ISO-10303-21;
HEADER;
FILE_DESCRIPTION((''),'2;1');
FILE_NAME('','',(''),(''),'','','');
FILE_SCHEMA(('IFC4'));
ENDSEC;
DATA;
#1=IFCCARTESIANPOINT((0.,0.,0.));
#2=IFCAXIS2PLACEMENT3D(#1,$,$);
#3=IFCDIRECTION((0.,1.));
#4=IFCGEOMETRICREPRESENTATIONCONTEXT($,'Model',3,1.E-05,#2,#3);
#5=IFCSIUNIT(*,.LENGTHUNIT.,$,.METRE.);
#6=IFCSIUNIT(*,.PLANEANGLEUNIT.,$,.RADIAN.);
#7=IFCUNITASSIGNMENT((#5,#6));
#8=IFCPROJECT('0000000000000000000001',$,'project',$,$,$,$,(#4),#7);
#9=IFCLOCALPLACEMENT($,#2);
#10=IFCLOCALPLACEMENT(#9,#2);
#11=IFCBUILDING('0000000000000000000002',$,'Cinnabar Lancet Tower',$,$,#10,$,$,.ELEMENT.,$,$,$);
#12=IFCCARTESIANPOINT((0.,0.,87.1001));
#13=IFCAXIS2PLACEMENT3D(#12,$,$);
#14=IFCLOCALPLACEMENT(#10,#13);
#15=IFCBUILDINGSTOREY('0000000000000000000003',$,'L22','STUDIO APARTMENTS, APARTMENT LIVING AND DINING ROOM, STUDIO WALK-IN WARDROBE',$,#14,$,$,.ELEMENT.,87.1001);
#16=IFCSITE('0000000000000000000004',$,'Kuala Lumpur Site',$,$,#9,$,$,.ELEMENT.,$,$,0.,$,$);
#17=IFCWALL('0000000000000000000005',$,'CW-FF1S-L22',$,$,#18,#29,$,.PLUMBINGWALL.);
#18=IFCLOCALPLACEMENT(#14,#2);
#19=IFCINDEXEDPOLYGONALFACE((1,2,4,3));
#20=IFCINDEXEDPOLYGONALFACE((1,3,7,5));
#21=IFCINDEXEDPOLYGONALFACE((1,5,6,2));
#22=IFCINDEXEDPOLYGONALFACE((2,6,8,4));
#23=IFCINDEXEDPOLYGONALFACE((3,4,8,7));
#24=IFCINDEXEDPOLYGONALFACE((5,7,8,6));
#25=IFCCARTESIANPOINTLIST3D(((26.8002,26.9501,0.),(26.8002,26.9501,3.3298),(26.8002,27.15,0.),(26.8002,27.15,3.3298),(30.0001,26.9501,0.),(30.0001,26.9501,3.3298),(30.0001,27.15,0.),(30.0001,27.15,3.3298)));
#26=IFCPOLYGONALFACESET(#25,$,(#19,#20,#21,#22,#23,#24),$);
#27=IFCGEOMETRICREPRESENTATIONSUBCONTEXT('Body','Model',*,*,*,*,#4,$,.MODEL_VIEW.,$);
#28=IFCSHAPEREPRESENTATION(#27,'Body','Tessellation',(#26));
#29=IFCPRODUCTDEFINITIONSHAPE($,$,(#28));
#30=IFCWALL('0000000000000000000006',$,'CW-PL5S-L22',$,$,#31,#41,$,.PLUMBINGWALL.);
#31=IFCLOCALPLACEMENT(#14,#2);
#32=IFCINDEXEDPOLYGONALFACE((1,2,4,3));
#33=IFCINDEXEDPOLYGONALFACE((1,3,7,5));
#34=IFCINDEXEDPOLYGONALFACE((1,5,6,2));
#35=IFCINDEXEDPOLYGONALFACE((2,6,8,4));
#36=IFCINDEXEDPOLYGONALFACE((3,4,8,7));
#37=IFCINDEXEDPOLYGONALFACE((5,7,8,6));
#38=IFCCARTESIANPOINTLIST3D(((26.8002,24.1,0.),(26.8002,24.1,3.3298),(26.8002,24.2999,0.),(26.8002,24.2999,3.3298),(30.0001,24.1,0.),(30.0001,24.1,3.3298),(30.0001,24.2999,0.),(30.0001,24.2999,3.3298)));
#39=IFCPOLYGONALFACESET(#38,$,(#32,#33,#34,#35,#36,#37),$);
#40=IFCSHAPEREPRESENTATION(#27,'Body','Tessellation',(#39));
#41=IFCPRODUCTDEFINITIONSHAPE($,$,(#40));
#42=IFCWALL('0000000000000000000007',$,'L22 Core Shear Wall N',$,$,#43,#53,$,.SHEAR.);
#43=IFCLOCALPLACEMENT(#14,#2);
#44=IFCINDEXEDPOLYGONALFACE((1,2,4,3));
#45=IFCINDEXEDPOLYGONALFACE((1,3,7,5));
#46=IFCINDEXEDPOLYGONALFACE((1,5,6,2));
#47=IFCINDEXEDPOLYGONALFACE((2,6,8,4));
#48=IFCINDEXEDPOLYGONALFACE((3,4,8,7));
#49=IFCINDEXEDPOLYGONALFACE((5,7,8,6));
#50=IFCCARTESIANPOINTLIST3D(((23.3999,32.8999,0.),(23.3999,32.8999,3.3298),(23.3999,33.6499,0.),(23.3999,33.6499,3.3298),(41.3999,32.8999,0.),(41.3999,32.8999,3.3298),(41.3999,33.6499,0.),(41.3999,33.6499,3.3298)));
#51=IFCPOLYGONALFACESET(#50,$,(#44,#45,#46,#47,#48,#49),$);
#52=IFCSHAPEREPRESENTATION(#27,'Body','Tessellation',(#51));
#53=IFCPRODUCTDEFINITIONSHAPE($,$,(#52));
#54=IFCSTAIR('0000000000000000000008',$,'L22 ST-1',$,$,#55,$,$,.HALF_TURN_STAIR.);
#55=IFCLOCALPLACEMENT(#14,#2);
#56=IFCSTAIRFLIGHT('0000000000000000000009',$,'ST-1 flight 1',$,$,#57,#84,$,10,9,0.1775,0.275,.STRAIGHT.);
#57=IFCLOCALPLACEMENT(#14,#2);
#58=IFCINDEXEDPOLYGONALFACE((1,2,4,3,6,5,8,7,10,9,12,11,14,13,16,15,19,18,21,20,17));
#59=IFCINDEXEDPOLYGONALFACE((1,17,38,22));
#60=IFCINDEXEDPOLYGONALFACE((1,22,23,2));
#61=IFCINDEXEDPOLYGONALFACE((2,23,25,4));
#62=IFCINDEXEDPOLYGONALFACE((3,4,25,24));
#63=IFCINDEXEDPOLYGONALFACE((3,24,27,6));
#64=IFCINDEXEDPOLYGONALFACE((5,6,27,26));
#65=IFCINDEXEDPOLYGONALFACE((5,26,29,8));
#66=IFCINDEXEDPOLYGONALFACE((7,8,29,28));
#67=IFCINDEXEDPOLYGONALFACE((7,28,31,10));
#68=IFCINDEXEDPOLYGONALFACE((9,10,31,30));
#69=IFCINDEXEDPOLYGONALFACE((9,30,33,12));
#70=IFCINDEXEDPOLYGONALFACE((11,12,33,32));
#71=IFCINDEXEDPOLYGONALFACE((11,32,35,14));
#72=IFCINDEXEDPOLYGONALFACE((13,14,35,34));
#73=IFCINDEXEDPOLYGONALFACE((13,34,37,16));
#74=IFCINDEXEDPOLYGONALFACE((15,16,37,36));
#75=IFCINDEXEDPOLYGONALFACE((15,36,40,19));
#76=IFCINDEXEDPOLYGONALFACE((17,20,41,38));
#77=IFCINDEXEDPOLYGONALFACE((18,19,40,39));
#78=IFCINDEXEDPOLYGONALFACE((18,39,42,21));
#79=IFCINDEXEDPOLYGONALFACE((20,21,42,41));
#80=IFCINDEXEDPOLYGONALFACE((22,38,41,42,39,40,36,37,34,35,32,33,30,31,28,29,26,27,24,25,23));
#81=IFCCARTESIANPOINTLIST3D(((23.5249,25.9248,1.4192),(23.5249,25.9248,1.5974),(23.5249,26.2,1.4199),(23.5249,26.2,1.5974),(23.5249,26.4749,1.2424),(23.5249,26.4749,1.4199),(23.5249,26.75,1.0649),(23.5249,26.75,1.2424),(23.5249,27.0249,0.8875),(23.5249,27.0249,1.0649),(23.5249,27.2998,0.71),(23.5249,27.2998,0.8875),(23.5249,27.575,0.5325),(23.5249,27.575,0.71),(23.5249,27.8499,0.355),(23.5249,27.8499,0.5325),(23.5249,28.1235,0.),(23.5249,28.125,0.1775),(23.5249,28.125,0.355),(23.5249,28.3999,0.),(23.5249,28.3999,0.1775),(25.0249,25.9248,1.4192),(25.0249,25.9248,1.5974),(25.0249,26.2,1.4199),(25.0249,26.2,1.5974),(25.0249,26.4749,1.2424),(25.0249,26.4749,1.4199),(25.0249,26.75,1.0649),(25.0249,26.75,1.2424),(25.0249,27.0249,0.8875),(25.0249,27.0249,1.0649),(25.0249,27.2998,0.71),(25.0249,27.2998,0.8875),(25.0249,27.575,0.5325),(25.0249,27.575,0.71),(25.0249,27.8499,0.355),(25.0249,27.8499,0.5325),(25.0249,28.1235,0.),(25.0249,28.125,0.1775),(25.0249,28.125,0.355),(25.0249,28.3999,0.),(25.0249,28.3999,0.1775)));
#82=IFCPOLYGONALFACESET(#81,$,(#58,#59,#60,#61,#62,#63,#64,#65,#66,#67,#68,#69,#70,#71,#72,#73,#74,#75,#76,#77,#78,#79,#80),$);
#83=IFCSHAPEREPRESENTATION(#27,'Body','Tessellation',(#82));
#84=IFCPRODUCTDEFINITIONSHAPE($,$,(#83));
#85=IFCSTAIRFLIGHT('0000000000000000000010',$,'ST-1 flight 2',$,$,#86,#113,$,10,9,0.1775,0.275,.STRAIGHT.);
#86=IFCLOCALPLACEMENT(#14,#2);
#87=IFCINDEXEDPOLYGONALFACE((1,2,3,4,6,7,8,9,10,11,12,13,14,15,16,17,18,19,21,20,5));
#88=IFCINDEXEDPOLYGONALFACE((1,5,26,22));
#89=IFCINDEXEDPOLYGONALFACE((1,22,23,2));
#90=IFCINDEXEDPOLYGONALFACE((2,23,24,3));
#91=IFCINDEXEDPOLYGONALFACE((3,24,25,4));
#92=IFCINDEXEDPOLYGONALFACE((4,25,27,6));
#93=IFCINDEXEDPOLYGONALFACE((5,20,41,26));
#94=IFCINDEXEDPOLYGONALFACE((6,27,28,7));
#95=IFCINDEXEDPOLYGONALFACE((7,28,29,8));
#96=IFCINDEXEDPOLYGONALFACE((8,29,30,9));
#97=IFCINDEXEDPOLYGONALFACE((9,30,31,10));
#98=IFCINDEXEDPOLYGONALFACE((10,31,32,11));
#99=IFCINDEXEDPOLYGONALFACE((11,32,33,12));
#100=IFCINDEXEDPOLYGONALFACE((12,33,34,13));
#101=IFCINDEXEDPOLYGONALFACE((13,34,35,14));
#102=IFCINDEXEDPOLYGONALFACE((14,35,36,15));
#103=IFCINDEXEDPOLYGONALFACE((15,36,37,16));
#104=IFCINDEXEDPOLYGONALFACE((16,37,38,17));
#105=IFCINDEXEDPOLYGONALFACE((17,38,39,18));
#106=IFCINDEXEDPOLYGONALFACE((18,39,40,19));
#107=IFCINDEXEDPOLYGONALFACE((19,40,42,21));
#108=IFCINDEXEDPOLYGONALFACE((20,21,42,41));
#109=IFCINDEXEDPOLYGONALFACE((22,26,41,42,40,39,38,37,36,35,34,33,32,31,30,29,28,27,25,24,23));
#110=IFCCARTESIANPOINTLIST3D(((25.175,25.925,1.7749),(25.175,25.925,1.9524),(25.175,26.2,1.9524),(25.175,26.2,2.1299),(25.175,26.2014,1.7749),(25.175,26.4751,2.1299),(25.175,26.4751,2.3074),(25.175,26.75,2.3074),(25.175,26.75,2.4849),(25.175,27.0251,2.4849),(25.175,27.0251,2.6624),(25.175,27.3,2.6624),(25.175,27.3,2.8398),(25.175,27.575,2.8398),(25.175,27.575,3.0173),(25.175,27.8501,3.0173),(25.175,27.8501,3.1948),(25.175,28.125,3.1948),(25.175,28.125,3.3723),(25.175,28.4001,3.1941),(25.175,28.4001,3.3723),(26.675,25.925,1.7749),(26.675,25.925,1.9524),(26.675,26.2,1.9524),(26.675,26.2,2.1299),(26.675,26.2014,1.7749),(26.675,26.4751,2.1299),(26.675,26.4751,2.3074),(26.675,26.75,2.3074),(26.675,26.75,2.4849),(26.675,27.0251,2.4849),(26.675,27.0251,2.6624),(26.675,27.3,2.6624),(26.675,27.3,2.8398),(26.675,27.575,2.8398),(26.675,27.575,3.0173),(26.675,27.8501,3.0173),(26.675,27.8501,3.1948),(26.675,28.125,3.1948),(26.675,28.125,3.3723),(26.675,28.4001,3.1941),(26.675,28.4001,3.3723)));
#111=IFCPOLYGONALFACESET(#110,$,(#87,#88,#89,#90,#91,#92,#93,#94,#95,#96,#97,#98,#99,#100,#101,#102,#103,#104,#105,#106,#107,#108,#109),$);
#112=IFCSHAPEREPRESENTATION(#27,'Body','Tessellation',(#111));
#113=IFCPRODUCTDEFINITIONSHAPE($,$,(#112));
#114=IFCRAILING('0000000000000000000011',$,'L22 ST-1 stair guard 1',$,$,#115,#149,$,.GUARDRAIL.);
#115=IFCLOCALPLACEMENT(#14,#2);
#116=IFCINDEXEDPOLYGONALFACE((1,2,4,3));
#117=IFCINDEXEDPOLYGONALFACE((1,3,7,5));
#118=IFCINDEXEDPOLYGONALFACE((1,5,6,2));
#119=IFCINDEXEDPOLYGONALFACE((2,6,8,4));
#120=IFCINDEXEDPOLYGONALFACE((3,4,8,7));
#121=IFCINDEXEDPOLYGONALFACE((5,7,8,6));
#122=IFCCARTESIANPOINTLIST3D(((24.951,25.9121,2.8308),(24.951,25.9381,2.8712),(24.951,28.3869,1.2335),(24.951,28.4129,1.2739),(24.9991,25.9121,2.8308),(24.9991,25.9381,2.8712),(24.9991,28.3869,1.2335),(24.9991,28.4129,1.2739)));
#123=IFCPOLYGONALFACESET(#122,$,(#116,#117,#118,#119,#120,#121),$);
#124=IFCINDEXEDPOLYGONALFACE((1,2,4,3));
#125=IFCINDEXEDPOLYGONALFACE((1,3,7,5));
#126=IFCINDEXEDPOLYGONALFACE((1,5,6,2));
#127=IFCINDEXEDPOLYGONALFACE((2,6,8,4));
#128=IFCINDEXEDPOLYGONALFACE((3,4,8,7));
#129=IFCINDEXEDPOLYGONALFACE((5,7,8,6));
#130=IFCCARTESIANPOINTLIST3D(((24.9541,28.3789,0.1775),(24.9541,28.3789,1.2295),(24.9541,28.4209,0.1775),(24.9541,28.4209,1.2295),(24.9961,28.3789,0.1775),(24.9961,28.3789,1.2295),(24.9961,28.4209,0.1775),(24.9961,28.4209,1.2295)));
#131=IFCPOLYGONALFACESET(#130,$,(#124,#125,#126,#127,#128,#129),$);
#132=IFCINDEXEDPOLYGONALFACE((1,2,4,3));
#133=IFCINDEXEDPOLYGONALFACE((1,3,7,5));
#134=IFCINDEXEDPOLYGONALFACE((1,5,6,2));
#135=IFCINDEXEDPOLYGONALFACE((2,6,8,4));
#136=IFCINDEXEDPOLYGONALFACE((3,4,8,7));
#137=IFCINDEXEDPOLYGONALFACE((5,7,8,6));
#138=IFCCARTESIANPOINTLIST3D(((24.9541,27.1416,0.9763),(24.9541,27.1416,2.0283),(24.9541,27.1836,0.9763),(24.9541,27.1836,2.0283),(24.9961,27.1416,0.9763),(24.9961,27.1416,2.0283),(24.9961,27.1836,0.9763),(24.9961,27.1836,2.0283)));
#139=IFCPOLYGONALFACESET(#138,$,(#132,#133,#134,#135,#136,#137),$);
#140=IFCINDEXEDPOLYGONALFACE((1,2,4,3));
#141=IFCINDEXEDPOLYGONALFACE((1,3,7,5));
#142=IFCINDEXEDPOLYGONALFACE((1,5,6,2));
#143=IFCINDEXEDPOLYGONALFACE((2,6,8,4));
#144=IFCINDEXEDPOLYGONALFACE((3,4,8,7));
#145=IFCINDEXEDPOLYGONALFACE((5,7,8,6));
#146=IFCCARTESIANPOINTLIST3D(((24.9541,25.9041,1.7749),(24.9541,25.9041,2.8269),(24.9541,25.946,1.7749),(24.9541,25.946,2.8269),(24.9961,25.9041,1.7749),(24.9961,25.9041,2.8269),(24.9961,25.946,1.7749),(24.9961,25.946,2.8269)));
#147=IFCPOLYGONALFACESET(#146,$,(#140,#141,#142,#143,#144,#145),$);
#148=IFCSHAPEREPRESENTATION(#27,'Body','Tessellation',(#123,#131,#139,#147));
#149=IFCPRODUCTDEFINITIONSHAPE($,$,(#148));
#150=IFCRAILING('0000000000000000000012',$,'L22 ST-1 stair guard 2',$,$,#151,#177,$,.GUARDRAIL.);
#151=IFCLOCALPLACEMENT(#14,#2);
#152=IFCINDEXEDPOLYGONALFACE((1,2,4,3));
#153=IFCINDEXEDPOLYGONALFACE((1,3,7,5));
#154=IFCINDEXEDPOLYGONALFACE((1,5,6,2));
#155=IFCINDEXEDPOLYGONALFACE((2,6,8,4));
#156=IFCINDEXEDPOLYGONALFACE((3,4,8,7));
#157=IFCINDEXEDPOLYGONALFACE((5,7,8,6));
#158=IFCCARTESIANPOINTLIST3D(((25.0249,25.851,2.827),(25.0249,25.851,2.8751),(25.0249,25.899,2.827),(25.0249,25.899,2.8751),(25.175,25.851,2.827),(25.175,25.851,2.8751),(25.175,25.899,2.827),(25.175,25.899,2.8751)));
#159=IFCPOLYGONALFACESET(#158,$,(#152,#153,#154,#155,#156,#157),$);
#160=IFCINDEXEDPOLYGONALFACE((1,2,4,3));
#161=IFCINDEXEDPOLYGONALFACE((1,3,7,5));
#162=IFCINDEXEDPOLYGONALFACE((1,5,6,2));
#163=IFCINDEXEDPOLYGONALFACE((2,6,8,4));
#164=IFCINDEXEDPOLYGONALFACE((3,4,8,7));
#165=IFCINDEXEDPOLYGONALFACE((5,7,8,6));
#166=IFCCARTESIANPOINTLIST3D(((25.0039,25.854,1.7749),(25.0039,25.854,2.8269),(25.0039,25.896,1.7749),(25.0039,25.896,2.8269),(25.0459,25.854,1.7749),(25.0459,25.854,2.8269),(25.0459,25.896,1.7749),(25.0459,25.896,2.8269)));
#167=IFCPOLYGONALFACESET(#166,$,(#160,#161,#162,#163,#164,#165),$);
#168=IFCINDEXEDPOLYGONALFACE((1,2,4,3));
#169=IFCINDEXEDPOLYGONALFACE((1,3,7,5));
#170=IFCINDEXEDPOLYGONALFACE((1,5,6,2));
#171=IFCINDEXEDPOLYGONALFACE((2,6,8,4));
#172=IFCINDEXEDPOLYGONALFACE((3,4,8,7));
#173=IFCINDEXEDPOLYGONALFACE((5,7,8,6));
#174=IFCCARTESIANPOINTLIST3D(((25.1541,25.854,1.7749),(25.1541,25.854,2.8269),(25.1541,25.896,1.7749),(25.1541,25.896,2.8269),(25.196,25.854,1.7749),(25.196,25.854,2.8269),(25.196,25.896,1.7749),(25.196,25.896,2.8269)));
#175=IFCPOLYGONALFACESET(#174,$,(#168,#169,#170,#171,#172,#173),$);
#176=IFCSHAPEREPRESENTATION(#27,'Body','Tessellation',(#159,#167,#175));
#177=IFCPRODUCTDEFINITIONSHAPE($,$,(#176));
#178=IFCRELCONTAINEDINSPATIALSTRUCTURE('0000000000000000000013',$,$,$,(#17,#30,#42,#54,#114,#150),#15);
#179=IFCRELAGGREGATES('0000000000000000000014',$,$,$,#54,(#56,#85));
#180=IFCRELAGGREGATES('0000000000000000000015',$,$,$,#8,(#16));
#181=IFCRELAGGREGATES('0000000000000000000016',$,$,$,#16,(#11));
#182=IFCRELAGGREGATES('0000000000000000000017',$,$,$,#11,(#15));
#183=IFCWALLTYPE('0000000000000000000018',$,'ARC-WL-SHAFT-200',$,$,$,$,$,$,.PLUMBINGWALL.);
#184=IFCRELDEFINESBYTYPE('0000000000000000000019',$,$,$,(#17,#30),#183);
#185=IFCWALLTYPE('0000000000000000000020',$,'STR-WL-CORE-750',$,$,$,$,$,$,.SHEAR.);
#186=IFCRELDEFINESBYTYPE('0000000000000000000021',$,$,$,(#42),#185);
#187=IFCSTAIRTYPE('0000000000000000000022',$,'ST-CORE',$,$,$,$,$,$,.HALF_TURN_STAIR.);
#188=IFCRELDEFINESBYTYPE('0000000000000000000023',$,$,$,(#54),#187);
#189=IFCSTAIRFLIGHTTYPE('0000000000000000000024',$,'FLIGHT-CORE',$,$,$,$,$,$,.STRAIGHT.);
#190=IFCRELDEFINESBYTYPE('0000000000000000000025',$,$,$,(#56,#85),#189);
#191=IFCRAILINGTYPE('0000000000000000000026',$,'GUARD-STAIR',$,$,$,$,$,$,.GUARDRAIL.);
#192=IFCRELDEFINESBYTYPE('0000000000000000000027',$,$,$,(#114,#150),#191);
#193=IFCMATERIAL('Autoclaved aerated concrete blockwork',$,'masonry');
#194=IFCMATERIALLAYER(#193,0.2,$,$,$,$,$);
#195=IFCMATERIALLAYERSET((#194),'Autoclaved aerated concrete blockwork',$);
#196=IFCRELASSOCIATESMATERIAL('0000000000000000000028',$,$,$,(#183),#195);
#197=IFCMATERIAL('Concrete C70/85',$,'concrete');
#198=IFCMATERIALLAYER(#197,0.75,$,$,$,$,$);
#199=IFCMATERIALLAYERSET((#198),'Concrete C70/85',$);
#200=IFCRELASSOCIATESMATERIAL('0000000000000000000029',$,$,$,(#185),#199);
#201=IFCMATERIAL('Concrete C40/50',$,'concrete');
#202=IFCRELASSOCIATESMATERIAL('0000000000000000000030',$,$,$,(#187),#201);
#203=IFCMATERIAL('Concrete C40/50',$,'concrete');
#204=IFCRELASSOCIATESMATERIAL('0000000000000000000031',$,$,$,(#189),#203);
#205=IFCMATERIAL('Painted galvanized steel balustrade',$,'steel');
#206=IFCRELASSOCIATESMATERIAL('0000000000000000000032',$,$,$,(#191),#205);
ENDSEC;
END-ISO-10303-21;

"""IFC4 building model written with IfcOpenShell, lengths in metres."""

from ifc_helpers import new_model, si_unit, direction, frame, frame_2d, origin, origin_2d, place, context, subcontext, project, spatial, polyline, rectangle, outline, extrude, material, layer, layer_set, type_object, element, aggregate, save


model = new_model("IFC4")

# Units and contexts
model_context = context("Model", 3, precision=1e-05, world=origin(), true_north=direction((0.0, 1.0)))
body_context = subcontext(model_context, "Body", "Model", "MODEL_VIEW")
ifc_project = project(units=[si_unit("LENGTHUNIT", "METRE"), si_unit("PLANEANGLEUNIT", "RADIAN")], contexts=[model_context])

# Site, building, storey
site_placement = place(None, origin())
site = spatial("IfcSite", under=ifc_project, at=site_placement, Name="Kuala Lumpur Site", CompositionType="ELEMENT", RefElevation=0.0)
building_placement = place(site_placement, origin())
building = spatial("IfcBuilding", under=site, at=building_placement, Name="Cinnabar Lancet Tower", CompositionType="ELEMENT")
storey_placement = place(building_placement, frame((0.0, 0.0, 87.1001)))
storey = spatial("IfcBuildingStorey", under=building, at=storey_placement, Name="L22", Description="STUDIO APARTMENTS, APARTMENT LIVING AND DINING ROOM, STUDIO WALK-IN WARDROBE", CompositionType="ELEMENT", Elevation=87.1001)

# Shared definitions
ifc_material_1 = material(Name="Autoclaved aerated concrete blockwork", Category="masonry")
ifc_layer_1 = layer(ifc_material_1, 0.2)
ifc_layer_set_1 = layer_set([ifc_layer_1], Name="Autoclaved aerated concrete blockwork")
wall_type_1 = type_object("IfcWallType", Name="ARC-WL-SHAFT-200", PredefinedType="PLUMBINGWALL", material=ifc_layer_set_1)

# Walls
for number, where, z_axis, x_axis, name in (
    (1, (26.8, 27.05, 0.0), (0.0, 0.0, 1.0), (1.0, 0.0, 0.0), "CW-FF1S-L22"),
    (2, (26.8, 24.2, 0.0), (0.0, 0.0, 1.0), (1.0, 0.0, 0.0), "CW-PL5S-L22"),
):
    element("IfcWall", number, at=place(storey_placement, frame(where, z_axis=z_axis, x_axis=x_axis)), inside=storey, type_object=wall_type_1, Name=name, PredefinedType="PLUMBINGWALL", context=body_context, shape_type="SweptSolid", body=[
        extrude(rectangle(XDim=3.2, YDim=0.2, at=frame_2d((1.6001, 0.0))), origin(), (0.0, 0.0, 1.0), 3.3298),
    ])
ifc_material_2 = material(Name="Concrete C70/85", Category="concrete")
ifc_layer_2 = layer(ifc_material_2, 0.75)
ifc_layer_set_2 = layer_set([ifc_layer_2], Name="Concrete C70/85")
wall_type_2 = type_object("IfcWallType", Name="STR-WL-CORE-750", PredefinedType="SHEAR", material=ifc_layer_set_2)
wall_1_placement = place(storey_placement, frame((23.3999, 33.2749, 0.0), z_axis=(0.0, 0.0, 1.0), x_axis=(1.0, 0.0, 0.0)))
element("IfcWall", 3, at=wall_1_placement, inside=storey, type_object=wall_type_2, Name="L22 Core Shear Wall N", PredefinedType="SHEAR", context=body_context, shape_type="SweptSolid", body=[
    extrude(rectangle(XDim=18.0, YDim=0.75, at=frame_2d((9.0, 0.0))), origin(), (0.0, 0.0, 1.0), 3.3298),
])

# Stair, stair flights
ifc_material_3 = material(Name="Concrete C40/50", Category="concrete")
stair_type = type_object("IfcStairType", Name="ST-CORE", PredefinedType="HALF_TURN_STAIR", material=ifc_material_3)
stair_placement = place(storey_placement, origin())
stair = element("IfcStair", 4, at=stair_placement, inside=storey, type_object=stair_type, Name="L22 ST-1", PredefinedType="HALF_TURN_STAIR")
ifc_material_4 = material(Name="Concrete C40/50", Category="concrete")
stair_flight_type = type_object("IfcStairFlightType", Name="FLIGHT-CORE", PredefinedType="STRAIGHT", material=ifc_material_4)
stair_flight_1_placement = place(storey_placement, frame((24.2749, 28.3999, 0.0), z_axis=(0.0, 0.0, 1.0), x_axis=(0.0, -1.0, 0.0)))
stair_flight_1 = element("IfcStairFlight", 5, at=stair_flight_1_placement, type_object=stair_flight_type, Name="ST-1 flight 1", NumberOfRisers=10, NumberOfTreads=9, PredefinedType="STRAIGHT", RiserHeight=0.1775, TreadLength=0.275, context=body_context, shape_type="SweptSolid", body=[
    extrude(outline(polyline([(0.0, 0.0), (0.0, 0.1775), (0.2749, 0.1775), (0.2749, 0.355), (0.55, 0.355), (0.55, 0.5325), (0.825, 0.5325), (0.825, 0.71), (1.1001, 0.71), (1.1001, 0.8875), (1.375, 0.8875), (1.375, 1.0649), (1.6499, 1.0649), (1.6499, 1.2424), (1.925, 1.2424), (1.925, 1.4199), (2.2, 1.4199), (2.2, 1.5974), (2.4751, 1.5974), (2.4751, 1.7749), (2.4751, 1.4192), (0.2764, 0.0), (0.0, 0.0)])), frame((0.0, 0.75, 0.0), z_axis=(0.0, -1.0, 0.0), x_axis=(1.0, 0.0, 0.0)), (0.0, 0.0, 1.0), 1.5),
])
stair_flight_2_placement = place(storey_placement, frame((25.925, 25.925, 1.7749), z_axis=(0.0, 0.0, 1.0), x_axis=(0.0, 1.0, 0.0)))
stair_flight_2 = element("IfcStairFlight", 6, at=stair_flight_2_placement, type_object=stair_flight_type, Name="ST-1 flight 2", NumberOfRisers=10, NumberOfTreads=9, PredefinedType="STRAIGHT", RiserHeight=0.1775, TreadLength=0.275, context=body_context, shape_type="SweptSolid", body=[
    extrude(outline(polyline([(0.0, 0.0), (0.0, 0.1775), (0.2749, 0.1775), (0.2749, 0.355), (0.55, 0.355), (0.55, 0.5325), (0.825, 0.5325), (0.825, 0.71), (1.1001, 0.71), (1.1001, 0.8875), (1.375, 0.8875), (1.375, 1.0649), (1.6499, 1.0649), (1.6499, 1.2424), (1.925, 1.2424), (1.925, 1.4199), (2.2, 1.4199), (2.2, 1.5974), (2.4751, 1.5974), (2.4751, 1.7749), (2.4751, 1.4192), (0.2764, 0.0), (0.0, 0.0)])), frame((0.0, 0.75, 0.0), z_axis=(0.0, -1.0, 0.0), x_axis=(1.0, 0.0, 0.0)), (0.0, 0.0, 1.0), 1.5),
])
aggregate(stair, [stair_flight_1, stair_flight_2])

# Railings
ifc_material_5 = material(Name="Painted galvanized steel balustrade", Category="steel")
railing_type_1 = type_object("IfcRailingType", Name="GUARD-STAIR", PredefinedType="GUARDRAIL", material=ifc_material_5)
railing_1_placement = place(storey_placement, frame((24.9751, 28.3999, 0.1775)))
element("IfcRailing", 7, at=railing_1_placement, inside=storey, type_object=railing_type_1, Name="L22 ST-1 stair guard 1", PredefinedType="GUARDRAIL", context=body_context, shape_type="SweptSolid", body=[
    extrude(rectangle(XDim=0.0481, YDim=0.0481, at=origin_2d()), frame((0.0, 0.0, 1.0762), z_axis=(0.0, -0.840183, 0.542302), x_axis=(1.0, 0.0, 0.0)), (0.0, 0.0, 1.0), 2.9456),
    extrude(rectangle(XDim=0.042, YDim=0.042, at=origin_2d()), origin(), (0.0, 0.0, 1.0), 1.052),
    extrude(rectangle(XDim=0.042, YDim=0.042, at=origin_2d()), frame((0.0, -1.2373, 0.7988)), (0.0, 0.0, 1.0), 1.052),
    extrude(rectangle(XDim=0.042, YDim=0.042, at=origin_2d()), frame((0.0, -2.4749, 1.5974)), (0.0, 0.0, 1.0), 1.052),
])
railing_2_placement = place(storey_placement, frame((25.0249, 25.875, 1.7749)))
element("IfcRailing", 8, at=railing_2_placement, inside=storey, type_object=railing_type_1, Name="L22 ST-1 stair guard 2", PredefinedType="GUARDRAIL", context=body_context, shape_type="SweptSolid", body=[
    extrude(rectangle(XDim=0.0481, YDim=0.0481, at=origin_2d()), frame((0.0, 0.0, 1.0762), z_axis=(1.0, 0.0, 0.0), x_axis=(0.0, 1.0, 0.0)), (0.0, 0.0, 1.0), 0.1501),
    extrude(rectangle(XDim=0.042, YDim=0.042, at=origin_2d()), origin(), (0.0, 0.0, 1.0), 1.052),
    extrude(rectangle(XDim=0.042, YDim=0.042, at=origin_2d()), frame((0.1501, 0.0, 0.0)), (0.0, 0.0, 1.0), 1.052),
])

save(model, "model.ifc")
